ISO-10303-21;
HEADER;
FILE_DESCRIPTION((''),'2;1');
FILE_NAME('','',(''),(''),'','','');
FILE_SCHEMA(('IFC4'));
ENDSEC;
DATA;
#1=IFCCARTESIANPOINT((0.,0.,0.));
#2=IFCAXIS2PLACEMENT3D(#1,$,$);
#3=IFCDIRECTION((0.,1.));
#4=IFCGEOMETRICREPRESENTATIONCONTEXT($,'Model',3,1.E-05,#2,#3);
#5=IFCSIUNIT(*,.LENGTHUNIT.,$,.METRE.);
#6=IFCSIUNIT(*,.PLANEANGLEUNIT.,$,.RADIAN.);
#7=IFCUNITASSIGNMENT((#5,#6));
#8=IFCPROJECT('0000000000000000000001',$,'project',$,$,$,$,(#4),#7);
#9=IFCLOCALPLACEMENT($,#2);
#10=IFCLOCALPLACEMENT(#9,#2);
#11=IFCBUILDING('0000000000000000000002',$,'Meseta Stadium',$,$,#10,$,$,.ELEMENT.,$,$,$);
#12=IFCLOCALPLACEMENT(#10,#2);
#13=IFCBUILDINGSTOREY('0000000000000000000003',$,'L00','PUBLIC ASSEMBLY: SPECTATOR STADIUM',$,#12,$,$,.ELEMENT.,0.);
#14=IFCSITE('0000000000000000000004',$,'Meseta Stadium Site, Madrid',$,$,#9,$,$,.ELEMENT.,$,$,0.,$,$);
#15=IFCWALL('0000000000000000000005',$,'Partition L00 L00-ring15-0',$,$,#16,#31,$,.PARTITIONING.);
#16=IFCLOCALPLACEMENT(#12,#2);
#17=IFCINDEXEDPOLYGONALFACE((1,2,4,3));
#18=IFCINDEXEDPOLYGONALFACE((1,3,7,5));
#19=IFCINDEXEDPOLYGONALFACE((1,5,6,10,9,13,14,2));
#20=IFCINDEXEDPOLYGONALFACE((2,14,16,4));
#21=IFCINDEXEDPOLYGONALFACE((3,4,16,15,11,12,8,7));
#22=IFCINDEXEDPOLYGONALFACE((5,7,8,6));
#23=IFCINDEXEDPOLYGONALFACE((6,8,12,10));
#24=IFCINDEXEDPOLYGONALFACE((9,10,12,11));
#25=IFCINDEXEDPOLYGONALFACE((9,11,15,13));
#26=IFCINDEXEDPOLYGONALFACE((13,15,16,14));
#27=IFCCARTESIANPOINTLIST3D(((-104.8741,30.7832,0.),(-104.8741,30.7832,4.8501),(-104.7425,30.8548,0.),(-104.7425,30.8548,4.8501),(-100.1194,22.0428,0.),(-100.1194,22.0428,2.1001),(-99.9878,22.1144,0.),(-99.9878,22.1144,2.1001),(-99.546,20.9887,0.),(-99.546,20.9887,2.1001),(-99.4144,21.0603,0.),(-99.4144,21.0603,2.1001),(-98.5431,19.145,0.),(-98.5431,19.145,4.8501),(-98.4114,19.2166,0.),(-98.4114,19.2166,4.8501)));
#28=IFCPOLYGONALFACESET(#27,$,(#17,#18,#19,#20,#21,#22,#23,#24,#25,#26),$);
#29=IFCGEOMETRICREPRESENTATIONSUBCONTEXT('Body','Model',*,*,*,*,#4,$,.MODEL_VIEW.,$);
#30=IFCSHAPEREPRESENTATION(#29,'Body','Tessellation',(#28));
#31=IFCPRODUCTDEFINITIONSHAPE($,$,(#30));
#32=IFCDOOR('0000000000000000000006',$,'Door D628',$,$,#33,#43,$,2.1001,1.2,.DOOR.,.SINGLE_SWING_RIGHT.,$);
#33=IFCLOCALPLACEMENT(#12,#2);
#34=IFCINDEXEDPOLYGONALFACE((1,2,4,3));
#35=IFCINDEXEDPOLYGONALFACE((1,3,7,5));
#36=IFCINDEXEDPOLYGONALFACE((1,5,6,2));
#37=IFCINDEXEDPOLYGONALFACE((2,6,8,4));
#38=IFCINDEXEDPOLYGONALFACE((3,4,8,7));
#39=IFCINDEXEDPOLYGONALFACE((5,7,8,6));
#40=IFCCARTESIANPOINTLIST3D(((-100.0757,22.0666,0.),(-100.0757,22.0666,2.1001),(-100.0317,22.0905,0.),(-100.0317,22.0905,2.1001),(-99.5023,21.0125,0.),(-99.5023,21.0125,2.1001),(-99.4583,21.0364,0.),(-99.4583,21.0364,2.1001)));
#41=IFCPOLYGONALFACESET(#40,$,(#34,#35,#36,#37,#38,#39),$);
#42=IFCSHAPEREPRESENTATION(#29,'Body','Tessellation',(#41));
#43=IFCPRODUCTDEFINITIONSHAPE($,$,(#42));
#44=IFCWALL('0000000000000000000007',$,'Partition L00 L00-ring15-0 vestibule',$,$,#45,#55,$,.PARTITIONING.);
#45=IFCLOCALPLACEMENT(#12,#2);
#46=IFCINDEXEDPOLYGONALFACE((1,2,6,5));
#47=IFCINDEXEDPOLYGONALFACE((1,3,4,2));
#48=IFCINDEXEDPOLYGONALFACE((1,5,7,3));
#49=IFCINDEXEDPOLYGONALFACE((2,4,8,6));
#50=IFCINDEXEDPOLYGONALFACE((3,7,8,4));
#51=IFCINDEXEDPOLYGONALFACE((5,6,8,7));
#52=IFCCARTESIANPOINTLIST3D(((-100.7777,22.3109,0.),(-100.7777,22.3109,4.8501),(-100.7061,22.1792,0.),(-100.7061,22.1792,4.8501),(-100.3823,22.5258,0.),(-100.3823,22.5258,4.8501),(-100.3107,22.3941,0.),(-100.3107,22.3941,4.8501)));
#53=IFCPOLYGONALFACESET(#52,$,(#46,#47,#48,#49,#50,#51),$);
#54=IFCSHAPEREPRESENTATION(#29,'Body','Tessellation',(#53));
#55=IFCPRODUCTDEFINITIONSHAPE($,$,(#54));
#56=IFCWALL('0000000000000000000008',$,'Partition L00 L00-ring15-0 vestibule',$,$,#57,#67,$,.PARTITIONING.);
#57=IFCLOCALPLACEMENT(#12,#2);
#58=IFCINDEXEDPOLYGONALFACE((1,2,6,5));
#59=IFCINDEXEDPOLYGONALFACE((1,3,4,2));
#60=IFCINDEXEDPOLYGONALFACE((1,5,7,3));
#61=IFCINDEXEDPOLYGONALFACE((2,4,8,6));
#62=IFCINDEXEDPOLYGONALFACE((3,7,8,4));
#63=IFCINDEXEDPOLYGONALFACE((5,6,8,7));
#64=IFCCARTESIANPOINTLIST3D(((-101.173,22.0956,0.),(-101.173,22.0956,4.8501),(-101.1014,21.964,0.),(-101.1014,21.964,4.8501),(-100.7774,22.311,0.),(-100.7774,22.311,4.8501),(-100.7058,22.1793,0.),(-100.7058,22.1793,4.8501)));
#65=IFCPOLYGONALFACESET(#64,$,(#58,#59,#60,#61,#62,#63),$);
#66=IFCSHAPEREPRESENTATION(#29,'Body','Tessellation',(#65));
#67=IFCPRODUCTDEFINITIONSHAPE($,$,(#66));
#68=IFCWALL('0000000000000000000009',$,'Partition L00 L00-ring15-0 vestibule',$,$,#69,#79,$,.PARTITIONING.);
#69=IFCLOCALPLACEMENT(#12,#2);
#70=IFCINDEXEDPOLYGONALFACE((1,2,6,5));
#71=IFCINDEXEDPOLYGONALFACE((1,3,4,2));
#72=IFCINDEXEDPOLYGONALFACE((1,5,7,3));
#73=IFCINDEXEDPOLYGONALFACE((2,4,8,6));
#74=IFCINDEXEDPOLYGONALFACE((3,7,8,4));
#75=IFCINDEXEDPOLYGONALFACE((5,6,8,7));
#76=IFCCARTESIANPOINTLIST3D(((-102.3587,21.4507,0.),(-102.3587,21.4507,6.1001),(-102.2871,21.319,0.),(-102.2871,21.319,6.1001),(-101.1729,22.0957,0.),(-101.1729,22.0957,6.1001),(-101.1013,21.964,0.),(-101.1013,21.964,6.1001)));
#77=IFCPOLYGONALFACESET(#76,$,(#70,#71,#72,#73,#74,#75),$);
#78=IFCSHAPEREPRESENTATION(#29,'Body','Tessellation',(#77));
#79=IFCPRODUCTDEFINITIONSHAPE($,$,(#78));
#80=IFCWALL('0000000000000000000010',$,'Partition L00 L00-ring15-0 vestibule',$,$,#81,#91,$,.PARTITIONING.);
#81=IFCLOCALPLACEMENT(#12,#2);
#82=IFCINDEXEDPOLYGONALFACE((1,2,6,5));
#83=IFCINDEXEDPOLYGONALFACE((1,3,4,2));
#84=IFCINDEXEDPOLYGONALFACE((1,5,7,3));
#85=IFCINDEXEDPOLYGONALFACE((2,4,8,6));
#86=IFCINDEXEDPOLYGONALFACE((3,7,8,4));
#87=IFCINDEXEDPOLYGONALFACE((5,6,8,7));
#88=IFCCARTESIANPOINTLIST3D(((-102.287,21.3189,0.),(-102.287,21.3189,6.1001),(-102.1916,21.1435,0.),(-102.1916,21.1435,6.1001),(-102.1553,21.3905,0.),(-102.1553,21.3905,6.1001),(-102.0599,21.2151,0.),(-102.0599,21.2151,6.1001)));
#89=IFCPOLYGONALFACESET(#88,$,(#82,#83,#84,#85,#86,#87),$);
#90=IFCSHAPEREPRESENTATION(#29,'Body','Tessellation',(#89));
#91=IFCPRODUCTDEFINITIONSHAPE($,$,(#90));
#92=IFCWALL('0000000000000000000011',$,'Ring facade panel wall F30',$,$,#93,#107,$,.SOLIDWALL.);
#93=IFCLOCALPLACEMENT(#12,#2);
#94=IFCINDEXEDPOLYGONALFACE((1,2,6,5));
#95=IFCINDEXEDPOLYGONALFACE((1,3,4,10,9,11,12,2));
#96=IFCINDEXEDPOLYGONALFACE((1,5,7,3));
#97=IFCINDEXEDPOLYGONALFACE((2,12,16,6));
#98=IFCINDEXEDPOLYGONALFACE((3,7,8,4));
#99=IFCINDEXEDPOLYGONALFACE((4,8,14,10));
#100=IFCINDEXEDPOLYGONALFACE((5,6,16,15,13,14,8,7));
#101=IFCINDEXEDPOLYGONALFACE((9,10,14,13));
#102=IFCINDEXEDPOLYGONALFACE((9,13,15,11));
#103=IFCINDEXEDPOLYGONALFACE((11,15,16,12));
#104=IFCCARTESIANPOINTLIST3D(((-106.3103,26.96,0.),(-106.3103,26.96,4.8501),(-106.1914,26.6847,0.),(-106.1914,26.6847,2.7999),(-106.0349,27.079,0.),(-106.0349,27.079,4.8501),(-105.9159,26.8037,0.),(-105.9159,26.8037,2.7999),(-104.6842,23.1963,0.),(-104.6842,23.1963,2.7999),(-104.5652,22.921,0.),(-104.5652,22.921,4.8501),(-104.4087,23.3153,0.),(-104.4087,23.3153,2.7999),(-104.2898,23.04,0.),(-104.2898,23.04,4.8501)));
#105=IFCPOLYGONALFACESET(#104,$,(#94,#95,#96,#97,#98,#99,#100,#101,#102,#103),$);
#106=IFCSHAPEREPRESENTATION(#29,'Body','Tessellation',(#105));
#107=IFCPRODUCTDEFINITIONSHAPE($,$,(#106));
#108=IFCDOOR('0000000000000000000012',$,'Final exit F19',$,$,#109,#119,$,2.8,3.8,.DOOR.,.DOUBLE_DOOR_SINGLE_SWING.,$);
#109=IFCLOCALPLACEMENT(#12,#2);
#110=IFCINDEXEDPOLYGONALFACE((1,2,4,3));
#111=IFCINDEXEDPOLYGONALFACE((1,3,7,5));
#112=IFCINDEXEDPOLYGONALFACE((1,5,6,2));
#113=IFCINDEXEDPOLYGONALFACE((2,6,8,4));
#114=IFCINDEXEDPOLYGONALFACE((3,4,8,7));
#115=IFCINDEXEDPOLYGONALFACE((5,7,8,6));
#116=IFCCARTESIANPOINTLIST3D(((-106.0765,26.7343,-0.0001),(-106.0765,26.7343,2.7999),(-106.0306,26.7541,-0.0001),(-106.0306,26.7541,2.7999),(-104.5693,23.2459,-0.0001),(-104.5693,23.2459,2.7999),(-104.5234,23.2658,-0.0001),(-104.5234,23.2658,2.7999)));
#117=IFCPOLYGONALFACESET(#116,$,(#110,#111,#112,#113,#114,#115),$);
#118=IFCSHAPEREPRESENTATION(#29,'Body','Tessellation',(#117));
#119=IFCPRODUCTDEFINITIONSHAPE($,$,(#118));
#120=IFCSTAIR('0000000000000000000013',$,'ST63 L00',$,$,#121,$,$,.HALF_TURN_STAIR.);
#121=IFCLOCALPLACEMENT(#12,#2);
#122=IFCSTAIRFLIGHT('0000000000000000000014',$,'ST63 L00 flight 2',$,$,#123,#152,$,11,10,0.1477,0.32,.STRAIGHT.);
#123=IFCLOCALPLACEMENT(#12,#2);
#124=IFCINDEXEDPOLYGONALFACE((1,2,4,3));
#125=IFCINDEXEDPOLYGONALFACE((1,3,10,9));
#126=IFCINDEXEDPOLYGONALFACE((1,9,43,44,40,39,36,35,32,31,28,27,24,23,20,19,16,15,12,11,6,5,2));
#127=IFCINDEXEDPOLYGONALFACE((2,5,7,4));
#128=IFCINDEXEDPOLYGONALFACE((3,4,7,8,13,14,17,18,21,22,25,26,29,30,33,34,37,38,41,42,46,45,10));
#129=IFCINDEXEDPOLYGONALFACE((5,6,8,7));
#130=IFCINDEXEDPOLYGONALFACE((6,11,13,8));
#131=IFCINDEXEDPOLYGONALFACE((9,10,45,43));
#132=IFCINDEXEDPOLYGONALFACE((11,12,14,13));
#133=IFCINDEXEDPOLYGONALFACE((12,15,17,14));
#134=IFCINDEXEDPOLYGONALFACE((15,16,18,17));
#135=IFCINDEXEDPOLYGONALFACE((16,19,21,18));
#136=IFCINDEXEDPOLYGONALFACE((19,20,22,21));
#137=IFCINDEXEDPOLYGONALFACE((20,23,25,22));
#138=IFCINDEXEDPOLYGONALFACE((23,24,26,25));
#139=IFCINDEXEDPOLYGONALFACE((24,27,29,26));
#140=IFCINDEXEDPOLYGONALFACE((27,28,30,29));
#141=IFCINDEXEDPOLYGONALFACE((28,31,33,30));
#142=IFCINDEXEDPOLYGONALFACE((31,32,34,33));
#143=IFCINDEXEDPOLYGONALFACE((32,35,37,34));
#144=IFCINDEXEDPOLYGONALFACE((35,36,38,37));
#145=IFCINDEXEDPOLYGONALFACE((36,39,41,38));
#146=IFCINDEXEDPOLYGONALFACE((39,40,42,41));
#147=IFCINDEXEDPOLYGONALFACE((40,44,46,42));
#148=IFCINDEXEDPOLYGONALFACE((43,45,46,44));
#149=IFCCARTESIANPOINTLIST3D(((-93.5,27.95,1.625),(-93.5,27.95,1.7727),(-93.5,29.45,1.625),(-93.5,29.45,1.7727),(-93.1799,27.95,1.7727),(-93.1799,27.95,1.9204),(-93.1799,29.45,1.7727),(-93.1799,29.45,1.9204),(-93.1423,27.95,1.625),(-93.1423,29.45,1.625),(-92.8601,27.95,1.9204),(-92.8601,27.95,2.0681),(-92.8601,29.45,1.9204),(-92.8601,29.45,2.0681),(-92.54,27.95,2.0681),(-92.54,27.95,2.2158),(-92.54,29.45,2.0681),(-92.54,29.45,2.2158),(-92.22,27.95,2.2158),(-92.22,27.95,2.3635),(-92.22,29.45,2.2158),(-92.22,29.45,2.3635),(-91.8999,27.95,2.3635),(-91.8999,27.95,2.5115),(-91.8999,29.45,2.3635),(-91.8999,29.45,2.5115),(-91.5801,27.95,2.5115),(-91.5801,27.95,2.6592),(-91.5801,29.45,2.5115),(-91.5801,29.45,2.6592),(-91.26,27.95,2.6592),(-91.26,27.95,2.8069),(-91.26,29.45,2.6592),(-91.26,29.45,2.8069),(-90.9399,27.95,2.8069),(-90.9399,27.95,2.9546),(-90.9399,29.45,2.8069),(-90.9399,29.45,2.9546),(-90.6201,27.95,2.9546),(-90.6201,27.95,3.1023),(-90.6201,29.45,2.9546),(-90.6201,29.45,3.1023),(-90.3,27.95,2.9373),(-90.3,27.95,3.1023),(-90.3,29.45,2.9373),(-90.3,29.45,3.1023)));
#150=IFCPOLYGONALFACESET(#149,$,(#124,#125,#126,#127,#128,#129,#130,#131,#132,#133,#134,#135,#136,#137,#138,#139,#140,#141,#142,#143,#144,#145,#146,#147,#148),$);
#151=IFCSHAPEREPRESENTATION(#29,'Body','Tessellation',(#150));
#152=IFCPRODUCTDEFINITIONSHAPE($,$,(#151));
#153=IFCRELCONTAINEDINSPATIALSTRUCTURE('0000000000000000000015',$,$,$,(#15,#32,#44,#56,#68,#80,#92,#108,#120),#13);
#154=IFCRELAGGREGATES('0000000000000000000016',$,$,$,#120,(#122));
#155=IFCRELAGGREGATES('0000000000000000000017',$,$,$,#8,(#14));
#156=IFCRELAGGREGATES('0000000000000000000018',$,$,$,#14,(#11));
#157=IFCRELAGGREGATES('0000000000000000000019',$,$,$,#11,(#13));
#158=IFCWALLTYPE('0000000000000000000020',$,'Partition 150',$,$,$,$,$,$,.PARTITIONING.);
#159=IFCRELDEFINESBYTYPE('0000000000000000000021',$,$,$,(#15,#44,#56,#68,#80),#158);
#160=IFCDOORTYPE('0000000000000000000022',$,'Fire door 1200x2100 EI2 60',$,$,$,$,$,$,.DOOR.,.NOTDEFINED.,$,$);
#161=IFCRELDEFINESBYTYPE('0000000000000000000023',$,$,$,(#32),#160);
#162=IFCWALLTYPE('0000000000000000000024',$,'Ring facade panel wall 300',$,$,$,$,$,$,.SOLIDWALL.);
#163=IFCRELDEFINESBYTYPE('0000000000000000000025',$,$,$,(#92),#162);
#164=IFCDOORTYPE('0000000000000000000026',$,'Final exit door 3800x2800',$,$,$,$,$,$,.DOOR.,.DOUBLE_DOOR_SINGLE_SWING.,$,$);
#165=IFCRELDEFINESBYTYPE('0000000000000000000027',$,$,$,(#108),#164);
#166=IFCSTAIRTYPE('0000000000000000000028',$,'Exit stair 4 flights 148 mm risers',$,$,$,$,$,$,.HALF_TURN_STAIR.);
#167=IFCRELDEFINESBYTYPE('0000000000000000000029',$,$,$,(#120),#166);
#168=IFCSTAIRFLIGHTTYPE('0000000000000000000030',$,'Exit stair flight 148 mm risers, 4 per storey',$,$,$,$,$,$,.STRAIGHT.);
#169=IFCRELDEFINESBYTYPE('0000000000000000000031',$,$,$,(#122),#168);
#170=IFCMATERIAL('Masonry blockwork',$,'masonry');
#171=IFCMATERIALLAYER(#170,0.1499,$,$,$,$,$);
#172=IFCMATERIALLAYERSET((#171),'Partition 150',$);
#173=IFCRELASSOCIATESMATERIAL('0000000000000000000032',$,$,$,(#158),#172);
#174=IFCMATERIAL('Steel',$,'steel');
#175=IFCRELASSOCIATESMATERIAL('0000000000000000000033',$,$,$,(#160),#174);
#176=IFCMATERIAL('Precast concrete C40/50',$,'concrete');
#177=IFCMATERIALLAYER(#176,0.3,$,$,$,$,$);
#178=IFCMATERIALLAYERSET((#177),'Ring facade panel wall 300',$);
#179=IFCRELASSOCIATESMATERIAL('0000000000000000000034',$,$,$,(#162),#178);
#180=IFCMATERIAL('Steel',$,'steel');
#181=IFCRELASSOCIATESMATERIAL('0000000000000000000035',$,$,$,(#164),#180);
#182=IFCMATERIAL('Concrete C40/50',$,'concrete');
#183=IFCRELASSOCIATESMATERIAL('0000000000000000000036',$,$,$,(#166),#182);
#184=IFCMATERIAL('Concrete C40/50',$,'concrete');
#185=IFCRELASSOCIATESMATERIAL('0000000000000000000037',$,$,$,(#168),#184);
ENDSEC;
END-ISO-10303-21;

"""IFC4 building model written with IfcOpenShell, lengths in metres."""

from ifc_helpers import new_model, si_unit, direction, frame, frame_2d, origin, place, context, subcontext, project, spatial, polyline, rectangle, outline, extrude, material, layer, layer_set, type_object, element, fill, aggregate, save


model = new_model("IFC4")

# Units and contexts
model_context = context("Model", 3, precision=1e-05, world=origin(), true_north=direction((0.0, 1.0)))
body_context = subcontext(model_context, "Body", "Model", "MODEL_VIEW")
ifc_project = project(units=[si_unit("LENGTHUNIT", "METRE"), si_unit("PLANEANGLEUNIT", "RADIAN")], contexts=[model_context])

# Site, building, storey
site_placement = place(None, origin())
site = spatial("IfcSite", under=ifc_project, at=site_placement, Name="Meseta Stadium Site, Madrid", CompositionType="ELEMENT", RefElevation=0.0)
building_placement = place(site_placement, origin())
building = spatial("IfcBuilding", under=site, at=building_placement, Name="Meseta Stadium", CompositionType="ELEMENT")
storey_placement = place(building_placement, origin())
storey = spatial("IfcBuildingStorey", under=building, at=storey_placement, Name="L00", Description="PUBLIC ASSEMBLY: SPECTATOR STADIUM", CompositionType="ELEMENT", Elevation=0.0)

# Wall, opening, door
ifc_material_1 = material(Name="Masonry blockwork", Category="masonry")
ifc_layer_1 = layer(ifc_material_1, 0.1499)
ifc_layer_set_1 = layer_set([ifc_layer_1], Name="Partition 150")
wall_type_1 = type_object("IfcWallType", Name="Partition 150", PredefinedType="PARTITIONING", material=ifc_layer_set_1)
wall_1_placement = place(storey_placement, frame((-104.8083, 30.8191, 0.0), z_axis=(0.0, 0.0, 1.0), x_axis=(0.47786, -0.878436, 0.0)))
wall_1 = element("IfcWall", 1, at=wall_1_placement, inside=storey, type_object=wall_type_1, Name="Partition L00 L00-ring15-0", PredefinedType="PARTITIONING", context=body_context, shape_type="SweptSolid", body=[
    extrude(rectangle(XDim=13.2488, YDim=0.1499, at=frame_2d((6.6245, 0.0))), origin(), (0.0, 0.0, 1.0), 4.8501),
])
opening_1_placement = place(wall_1_placement, frame((9.95, 0.0, 0.0)))
opening_1 = element("IfcOpeningElement", 2, at=opening_1_placement, cuts=wall_1, PredefinedType="OPENING", context=body_context, shape_type="SweptSolid", body=[
    extrude(rectangle(XDim=1.2, YDim=2.1001, at=frame_2d((0.6001, 1.05))), frame((0.0, 0.085, 0.0), z_axis=(0.0, -1.0, 0.0), x_axis=(1.0, 0.0, 0.0)), (0.0, 0.0, 1.0), 0.1699),
])
ifc_material_2 = material(Name="Steel", Category="steel")
door_type_1 = type_object("IfcDoorType", Name="Fire door 1200x2100 EI2 60", OperationType="NOTDEFINED", PredefinedType="DOOR", material=ifc_material_2)
door_1_placement = place(opening_1_placement, origin())
door_1 = element("IfcDoor", 3, at=door_1_placement, inside=storey, type_object=door_type_1, Name="Door D628", OperationType="SINGLE_SWING_RIGHT", OverallHeight=2.1001, OverallWidth=1.2, PredefinedType="DOOR", context=body_context, shape_type="SweptSolid", body=[
    extrude(rectangle(XDim=1.2, YDim=2.1001, at=frame_2d((0.6001, 1.05))), frame((0.0, 0.0249, 0.0), z_axis=(0.0, -1.0, 0.0), x_axis=(1.0, 0.0, 0.0)), (0.0, 0.0, 1.0), 0.05),
])
fill(opening_1, door_1)

# Walls
wall_2_placement = place(storey_placement, frame((-100.3464, 22.46, 0.0), z_axis=(0.0, 0.0, 1.0), x_axis=(-0.8786, -0.477559, 0.0)))
element("IfcWall", 4, at=wall_2_placement, inside=storey, type_object=wall_type_1, Name="Partition L00 L00-ring15-0 vestibule", PredefinedType="PARTITIONING", context=body_context, shape_type="SweptSolid", body=[
    extrude(rectangle(XDim=0.45, YDim=0.1499, at=frame_2d((0.2251, 0.0))), origin(), (0.0, 0.0, 1.0), 4.8501),
])
wall_3_placement = place(storey_placement, frame((-100.7417, 22.2451, 0.0), z_axis=(0.0, 0.0, 1.0), x_axis=(-0.878268, -0.478168, 0.0)))
element("IfcWall", 5, at=wall_3_placement, inside=storey, type_object=wall_type_1, Name="Partition L00 L00-ring15-0 vestibule", PredefinedType="PARTITIONING", context=body_context, shape_type="SweptSolid", body=[
    extrude(rectangle(XDim=0.4504, YDim=0.1499, at=frame_2d((0.2251, 0.0))), origin(), (0.0, 0.0, 1.0), 4.8501),
])
wall_4_placement = place(storey_placement, frame((-101.1372, 22.0298, 0.0), z_axis=(0.0, 0.0, 1.0), x_axis=(-0.878448, -0.477838, 0.0)))
element("IfcWall", 6, at=wall_4_placement, inside=storey, type_object=wall_type_1, Name="Partition L00 L00-ring15-0 vestibule", PredefinedType="PARTITIONING", context=body_context, shape_type="SweptSolid", body=[
    extrude(rectangle(XDim=1.3499, YDim=0.1499, at=frame_2d((0.6748, 0.0))), origin(), (0.0, 0.0, 1.0), 6.1001),
])
wall_5_placement = place(storey_placement, frame((-102.2212, 21.3547, 0.0), z_axis=(0.0, 0.0, 1.0), x_axis=(0.477739, -0.878502, 0.0)))
element("IfcWall", 7, at=wall_5_placement, inside=storey, type_object=wall_type_1, Name="Partition L00 L00-ring15-0 vestibule", PredefinedType="PARTITIONING", context=body_context, shape_type="SweptSolid", body=[
    extrude(rectangle(XDim=0.1997, YDim=0.1499, at=frame_2d((0.0999, 0.0))), origin(), (0.0, 0.0, 1.0), 6.1001),
])

# Wall, opening, door
ifc_material_3 = material(Name="Precast concrete C40/50", Category="concrete")
ifc_layer_2 = layer(ifc_material_3, 0.3)
ifc_layer_set_2 = layer_set([ifc_layer_2], Name="Ring facade panel wall 300")
wall_type_2 = type_object("IfcWallType", Name="Ring facade panel wall 300", PredefinedType="SOLIDWALL", material=ifc_layer_set_2)
wall_6_placement = place(storey_placement, frame((-104.4275, 22.9805, 0.0), z_axis=(0.0, 0.0, 1.0), x_axis=(-0.396623, 0.917982, 0.0)))
wall_6 = element("IfcWall", 8, at=wall_6_placement, inside=storey, type_object=wall_type_2, Name="Ring facade panel wall F30", PredefinedType="SOLIDWALL", context=body_context, shape_type="SweptSolid", body=[
    extrude(rectangle(XDim=4.3999, YDim=0.3, at=frame_2d((2.2, 0.0))), origin(), (0.0, 0.0, 1.0), 4.8501),
])
opening_2_placement = place(wall_6_placement, frame((0.3, 0.0, 0.0)))
opening_2 = element("IfcOpeningElement", 9, at=opening_2_placement, cuts=wall_6, PredefinedType="OPENING", context=body_context, shape_type="SweptSolid", body=[
    extrude(rectangle(XDim=3.8, YDim=2.8, at=frame_2d((1.8999, 1.3999))), frame((0.0, 0.1599, 0.0), z_axis=(0.0, -1.0, 0.0), x_axis=(1.0, 0.0, 0.0)), (0.0, 0.0, 1.0), 0.3201),
])
ifc_material_4 = material(Name="Steel", Category="steel")
door_type_2 = type_object("IfcDoorType", Name="Final exit door 3800x2800", OperationType="DOUBLE_DOOR_SINGLE_SWING", PredefinedType="DOOR", material=ifc_material_4)
door_2_placement = place(opening_2_placement, origin())
door_2 = element("IfcDoor", 10, at=door_2_placement, inside=storey, type_object=door_type_2, Name="Final exit F19", OperationType="DOUBLE_DOOR_SINGLE_SWING", OverallHeight=2.8, OverallWidth=3.8, PredefinedType="DOOR", context=body_context, shape_type="SweptSolid", body=[
    extrude(rectangle(XDim=3.8, YDim=2.8, at=frame_2d((1.8999, 1.3999))), frame((0.0, 0.0249, 0.0), z_axis=(0.0, -1.0, 0.0), x_axis=(1.0, 0.0, 0.0)), (0.0, 0.0, 1.0), 0.05),
])
fill(opening_2, door_2)

# Stair, stair flight
ifc_material_5 = material(Name="Concrete C40/50", Category="concrete")
stair_type = type_object("IfcStairType", Name="Exit stair 4 flights 148 mm risers", PredefinedType="HALF_TURN_STAIR", material=ifc_material_5)
stair_1_placement = place(storey_placement, origin())
stair_1 = element("IfcStair", 11, at=stair_1_placement, inside=storey, type_object=stair_type, Name="ST63 L00", PredefinedType="HALF_TURN_STAIR")
ifc_material_6 = material(Name="Concrete C40/50", Category="concrete")
stair_flight_type = type_object("IfcStairFlightType", Name="Exit stair flight 148 mm risers, 4 per storey", PredefinedType="STRAIGHT", material=ifc_material_6)
stair_flight_1_placement = place(storey_placement, frame((-93.5, 28.7, 1.625), z_axis=(0.0, 0.0, 1.0), x_axis=(1.0, 0.0, 0.0)))
stair_flight_1 = element("IfcStairFlight", 12, at=stair_flight_1_placement, type_object=stair_flight_type, Name="ST63 L00 flight 2", NumberOfRisers=11, NumberOfTreads=10, PredefinedType="STRAIGHT", RiserHeight=0.1477, TreadLength=0.32, context=body_context, shape_type="SweptSolid", body=[
    extrude(outline(polyline([(0.0, 0.0), (0.0, 0.1477), (0.3201, 0.1477), (0.3201, 0.2954), (0.6399, 0.2954), (0.6399, 0.4431), (0.96, 0.4431), (0.96, 0.5908), (1.28, 0.5908), (1.28, 0.7385), (1.6001, 0.7385), (1.6001, 0.8865), (1.9199, 0.8865), (1.9199, 1.0342), (2.24, 1.0342), (2.24, 1.1819), (2.5601, 1.1819), (2.5601, 1.3296), (2.8799, 1.3296), (2.8799, 1.4773), (3.2, 1.4773), (3.2, 1.3123), (0.3577, 0.0), (0.0, 0.0)])), frame((0.0, 0.75, 0.0), z_axis=(0.0, -1.0, 0.0), x_axis=(1.0, 0.0, 0.0)), (0.0, 0.0, 1.0), 1.5),
])
aggregate(stair_1, [stair_flight_1])

save(model, "model.ifc")
